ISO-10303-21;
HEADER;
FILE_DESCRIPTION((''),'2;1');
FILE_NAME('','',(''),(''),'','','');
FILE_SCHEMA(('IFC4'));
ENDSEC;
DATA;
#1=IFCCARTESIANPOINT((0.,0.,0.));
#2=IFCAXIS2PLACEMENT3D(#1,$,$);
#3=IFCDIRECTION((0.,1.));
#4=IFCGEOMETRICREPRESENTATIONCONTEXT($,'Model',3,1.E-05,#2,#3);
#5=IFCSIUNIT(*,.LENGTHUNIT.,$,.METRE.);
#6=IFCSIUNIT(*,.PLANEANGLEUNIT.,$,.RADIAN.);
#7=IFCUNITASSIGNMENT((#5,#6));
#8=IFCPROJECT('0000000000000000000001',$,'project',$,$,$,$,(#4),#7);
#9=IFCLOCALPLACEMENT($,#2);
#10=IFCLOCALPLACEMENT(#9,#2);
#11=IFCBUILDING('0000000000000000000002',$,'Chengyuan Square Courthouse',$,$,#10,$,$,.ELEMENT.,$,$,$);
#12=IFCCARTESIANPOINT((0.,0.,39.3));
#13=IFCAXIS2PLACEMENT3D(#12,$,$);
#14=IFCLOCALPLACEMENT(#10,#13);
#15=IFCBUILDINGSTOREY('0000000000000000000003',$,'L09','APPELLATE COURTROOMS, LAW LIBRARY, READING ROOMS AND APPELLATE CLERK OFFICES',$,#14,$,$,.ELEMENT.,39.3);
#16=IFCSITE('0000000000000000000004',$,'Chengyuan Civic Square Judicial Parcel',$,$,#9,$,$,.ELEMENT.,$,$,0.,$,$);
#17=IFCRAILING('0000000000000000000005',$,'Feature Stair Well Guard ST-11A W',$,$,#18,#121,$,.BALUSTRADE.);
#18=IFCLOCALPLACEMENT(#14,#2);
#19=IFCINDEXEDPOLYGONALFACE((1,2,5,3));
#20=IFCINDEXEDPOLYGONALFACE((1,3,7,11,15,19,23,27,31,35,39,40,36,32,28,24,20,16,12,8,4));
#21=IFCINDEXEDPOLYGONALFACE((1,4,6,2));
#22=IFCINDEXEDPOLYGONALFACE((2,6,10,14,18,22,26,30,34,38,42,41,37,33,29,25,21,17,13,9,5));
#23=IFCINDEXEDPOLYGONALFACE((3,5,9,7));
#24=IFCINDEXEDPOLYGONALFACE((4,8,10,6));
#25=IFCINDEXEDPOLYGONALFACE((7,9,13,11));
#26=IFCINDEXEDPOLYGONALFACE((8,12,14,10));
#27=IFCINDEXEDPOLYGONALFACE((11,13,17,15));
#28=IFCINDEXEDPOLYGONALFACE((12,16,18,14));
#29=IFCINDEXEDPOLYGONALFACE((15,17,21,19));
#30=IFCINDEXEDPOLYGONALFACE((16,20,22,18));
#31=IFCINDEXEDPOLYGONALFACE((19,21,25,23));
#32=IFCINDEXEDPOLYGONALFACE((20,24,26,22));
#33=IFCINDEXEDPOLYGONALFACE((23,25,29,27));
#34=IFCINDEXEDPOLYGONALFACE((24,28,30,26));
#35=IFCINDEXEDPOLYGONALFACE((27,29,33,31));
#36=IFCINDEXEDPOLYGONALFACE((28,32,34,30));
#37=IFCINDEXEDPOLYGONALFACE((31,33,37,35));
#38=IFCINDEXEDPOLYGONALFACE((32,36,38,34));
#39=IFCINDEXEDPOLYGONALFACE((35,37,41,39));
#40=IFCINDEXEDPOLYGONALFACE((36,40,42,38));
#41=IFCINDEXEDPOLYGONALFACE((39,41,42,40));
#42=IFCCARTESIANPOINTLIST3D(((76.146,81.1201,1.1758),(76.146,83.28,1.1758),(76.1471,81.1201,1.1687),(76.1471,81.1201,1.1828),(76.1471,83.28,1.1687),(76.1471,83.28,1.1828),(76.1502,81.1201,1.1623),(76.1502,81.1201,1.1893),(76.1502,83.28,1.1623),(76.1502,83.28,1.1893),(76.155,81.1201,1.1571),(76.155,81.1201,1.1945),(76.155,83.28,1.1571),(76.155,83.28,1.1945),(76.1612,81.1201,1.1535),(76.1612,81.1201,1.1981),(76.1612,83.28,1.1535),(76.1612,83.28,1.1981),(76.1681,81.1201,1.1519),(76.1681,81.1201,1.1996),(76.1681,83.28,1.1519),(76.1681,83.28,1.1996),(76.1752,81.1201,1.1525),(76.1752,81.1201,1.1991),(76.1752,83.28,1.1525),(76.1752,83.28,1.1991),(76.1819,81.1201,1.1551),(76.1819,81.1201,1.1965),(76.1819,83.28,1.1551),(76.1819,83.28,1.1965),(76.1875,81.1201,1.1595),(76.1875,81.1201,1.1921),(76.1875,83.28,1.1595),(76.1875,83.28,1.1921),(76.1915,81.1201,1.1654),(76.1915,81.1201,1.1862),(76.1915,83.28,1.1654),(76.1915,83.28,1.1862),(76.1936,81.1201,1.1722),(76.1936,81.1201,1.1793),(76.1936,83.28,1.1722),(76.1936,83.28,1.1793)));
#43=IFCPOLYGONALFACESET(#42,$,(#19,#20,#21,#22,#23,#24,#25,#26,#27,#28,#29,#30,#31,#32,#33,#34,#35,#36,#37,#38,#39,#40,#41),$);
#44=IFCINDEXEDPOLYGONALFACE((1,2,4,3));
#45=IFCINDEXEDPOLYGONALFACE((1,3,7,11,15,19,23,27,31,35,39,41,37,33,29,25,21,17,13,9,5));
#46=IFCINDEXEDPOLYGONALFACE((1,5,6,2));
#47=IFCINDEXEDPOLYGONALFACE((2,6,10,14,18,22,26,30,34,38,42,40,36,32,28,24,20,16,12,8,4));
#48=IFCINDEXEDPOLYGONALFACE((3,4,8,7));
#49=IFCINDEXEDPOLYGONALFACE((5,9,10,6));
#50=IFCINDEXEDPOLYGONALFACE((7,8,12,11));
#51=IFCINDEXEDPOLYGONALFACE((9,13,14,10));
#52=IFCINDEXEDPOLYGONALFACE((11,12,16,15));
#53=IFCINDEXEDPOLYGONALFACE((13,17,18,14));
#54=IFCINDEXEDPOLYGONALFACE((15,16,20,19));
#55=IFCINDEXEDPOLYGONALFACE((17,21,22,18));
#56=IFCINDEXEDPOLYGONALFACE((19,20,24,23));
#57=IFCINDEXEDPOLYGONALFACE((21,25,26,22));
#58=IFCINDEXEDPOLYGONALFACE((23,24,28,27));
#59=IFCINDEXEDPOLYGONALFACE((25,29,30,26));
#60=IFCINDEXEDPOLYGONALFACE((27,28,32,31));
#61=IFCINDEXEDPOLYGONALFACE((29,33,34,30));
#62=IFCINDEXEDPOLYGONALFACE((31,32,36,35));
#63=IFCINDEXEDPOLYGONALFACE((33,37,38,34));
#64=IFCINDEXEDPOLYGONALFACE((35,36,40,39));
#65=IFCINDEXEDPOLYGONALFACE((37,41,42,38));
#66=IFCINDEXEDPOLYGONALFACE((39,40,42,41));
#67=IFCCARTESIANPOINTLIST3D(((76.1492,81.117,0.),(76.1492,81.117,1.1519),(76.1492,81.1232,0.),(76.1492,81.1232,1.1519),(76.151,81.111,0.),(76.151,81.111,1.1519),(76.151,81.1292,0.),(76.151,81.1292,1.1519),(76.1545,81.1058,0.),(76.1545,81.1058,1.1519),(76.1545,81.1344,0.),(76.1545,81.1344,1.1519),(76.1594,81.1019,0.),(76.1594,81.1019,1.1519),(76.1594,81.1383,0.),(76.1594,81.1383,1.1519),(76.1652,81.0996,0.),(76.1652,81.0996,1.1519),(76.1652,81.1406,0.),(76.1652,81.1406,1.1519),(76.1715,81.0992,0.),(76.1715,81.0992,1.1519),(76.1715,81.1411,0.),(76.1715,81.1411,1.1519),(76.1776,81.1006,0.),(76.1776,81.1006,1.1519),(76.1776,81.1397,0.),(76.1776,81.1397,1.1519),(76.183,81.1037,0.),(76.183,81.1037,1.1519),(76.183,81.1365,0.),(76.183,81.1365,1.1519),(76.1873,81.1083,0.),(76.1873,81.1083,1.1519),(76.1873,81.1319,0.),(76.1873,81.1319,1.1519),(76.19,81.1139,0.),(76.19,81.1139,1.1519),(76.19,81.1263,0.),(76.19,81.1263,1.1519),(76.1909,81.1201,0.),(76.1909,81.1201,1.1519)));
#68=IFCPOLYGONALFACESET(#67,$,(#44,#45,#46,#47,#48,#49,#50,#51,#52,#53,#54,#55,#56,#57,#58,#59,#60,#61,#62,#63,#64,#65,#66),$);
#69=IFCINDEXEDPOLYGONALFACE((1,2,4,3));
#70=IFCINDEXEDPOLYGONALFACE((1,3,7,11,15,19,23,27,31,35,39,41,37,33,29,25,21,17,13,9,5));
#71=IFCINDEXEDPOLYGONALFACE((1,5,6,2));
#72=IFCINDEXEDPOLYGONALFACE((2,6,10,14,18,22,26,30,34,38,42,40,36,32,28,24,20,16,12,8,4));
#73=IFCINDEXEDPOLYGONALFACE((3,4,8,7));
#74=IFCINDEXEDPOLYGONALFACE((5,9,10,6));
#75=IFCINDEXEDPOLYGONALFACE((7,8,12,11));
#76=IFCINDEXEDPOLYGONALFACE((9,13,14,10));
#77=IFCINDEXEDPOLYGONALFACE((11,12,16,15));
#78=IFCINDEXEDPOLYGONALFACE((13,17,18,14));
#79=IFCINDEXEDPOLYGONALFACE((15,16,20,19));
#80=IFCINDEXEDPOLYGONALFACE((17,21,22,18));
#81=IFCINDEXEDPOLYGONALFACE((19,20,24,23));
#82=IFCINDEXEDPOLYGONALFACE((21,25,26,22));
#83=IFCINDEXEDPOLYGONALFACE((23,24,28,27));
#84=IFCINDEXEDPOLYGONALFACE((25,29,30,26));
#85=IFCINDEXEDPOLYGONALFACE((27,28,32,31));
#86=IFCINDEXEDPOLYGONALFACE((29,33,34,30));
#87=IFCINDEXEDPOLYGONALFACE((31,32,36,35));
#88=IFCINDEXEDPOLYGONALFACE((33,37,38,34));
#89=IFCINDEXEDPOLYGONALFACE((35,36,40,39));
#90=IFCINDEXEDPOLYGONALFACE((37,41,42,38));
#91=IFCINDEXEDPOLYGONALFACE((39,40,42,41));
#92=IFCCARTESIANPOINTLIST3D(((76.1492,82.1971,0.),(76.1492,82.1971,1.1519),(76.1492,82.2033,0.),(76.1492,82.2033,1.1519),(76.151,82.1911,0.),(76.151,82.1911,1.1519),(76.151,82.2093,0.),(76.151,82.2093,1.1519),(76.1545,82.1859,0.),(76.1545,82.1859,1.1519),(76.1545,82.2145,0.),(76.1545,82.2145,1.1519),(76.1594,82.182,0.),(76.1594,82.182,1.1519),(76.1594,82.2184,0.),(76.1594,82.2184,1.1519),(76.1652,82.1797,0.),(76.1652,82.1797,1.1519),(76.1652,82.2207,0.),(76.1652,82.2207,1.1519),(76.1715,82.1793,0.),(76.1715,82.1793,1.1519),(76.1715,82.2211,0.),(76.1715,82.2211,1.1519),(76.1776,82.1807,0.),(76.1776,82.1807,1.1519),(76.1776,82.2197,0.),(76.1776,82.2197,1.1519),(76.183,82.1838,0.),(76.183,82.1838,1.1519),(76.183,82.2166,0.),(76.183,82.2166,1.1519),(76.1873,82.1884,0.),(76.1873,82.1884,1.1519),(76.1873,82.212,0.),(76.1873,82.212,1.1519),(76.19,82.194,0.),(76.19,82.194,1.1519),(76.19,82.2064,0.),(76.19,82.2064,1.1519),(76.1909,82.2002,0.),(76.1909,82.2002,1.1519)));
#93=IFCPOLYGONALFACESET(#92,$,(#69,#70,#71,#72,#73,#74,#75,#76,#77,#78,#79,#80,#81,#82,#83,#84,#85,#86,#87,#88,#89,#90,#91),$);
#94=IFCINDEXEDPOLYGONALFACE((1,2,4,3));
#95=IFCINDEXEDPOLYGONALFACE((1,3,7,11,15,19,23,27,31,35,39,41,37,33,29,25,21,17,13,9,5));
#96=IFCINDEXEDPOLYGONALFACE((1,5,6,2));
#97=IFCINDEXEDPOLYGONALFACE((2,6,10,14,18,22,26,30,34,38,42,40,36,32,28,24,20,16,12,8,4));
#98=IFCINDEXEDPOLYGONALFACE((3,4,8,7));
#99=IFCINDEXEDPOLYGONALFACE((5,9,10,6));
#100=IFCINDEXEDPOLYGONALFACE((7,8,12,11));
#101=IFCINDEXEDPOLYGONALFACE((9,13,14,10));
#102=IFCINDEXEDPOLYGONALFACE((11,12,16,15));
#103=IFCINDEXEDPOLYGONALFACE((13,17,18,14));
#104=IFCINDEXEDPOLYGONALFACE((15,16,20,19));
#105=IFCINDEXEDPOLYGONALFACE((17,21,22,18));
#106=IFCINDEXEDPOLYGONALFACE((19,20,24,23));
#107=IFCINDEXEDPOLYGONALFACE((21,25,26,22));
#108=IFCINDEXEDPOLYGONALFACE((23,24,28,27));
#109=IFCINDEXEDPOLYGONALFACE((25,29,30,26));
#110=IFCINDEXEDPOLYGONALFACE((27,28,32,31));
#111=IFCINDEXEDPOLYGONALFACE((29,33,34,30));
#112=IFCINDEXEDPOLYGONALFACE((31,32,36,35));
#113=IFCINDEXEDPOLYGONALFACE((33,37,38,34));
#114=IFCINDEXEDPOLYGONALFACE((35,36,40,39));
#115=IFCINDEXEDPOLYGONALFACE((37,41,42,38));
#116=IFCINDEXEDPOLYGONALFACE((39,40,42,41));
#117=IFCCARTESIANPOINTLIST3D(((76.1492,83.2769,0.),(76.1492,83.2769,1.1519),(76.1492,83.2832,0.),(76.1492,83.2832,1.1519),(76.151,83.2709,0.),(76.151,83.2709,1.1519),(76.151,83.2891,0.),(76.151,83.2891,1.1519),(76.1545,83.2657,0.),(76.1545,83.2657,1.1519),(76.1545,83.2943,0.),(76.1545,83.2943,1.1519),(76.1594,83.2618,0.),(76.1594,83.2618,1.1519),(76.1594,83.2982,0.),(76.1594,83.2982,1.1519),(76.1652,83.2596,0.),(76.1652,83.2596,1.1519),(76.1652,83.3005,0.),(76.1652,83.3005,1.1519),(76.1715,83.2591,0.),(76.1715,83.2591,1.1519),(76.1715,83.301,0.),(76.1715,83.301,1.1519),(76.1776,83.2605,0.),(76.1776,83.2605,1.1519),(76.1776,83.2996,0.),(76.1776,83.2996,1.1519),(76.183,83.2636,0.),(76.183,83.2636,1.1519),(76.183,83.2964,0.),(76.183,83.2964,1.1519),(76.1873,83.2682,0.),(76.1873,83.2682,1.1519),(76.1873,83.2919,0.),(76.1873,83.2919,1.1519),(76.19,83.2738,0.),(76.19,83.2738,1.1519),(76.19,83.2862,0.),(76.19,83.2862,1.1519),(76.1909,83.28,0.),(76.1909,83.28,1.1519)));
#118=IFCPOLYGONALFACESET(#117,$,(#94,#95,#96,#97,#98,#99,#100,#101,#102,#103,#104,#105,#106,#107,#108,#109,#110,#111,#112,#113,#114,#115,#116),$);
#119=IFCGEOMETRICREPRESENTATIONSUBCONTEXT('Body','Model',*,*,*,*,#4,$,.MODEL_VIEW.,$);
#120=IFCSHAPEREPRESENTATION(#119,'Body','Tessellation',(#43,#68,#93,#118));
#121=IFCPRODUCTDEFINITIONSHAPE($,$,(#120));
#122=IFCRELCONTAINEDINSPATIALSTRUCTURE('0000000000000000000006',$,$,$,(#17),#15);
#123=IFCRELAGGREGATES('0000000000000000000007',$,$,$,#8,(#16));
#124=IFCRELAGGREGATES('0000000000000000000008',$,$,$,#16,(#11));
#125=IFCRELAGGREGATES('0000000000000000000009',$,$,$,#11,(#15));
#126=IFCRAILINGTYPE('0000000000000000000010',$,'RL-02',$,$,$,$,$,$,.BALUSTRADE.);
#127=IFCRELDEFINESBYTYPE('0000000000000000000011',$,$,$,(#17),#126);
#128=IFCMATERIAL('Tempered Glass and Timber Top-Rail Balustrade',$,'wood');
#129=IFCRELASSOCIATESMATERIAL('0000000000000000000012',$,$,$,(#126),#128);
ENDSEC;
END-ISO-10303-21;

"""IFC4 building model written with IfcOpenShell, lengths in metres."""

from ifc_helpers import new_model, si_unit, direction, frame, origin, origin_2d, place, context, subcontext, project, spatial, circle, extrude, material, type_object, element, save


model = new_model("IFC4")

# Units and contexts
model_context = context("Model", 3, precision=1e-05, world=origin(), true_north=direction((0.0, 1.0)))
body_context = subcontext(model_context, "Body", "Model", "MODEL_VIEW")
ifc_project = project(units=[si_unit("LENGTHUNIT", "METRE"), si_unit("PLANEANGLEUNIT", "RADIAN")], contexts=[model_context])

# Site, building, storey
site_placement = place(None, origin())
site = spatial("IfcSite", under=ifc_project, at=site_placement, Name="Chengyuan Civic Square Judicial Parcel", CompositionType="ELEMENT", RefElevation=0.0)
building_placement = place(site_placement, origin())
building = spatial("IfcBuilding", under=site, at=building_placement, Name="Chengyuan Square Courthouse", CompositionType="ELEMENT")
storey_placement = place(building_placement, frame((0.0, 0.0, 39.3)))
storey = spatial("IfcBuildingStorey", under=building, at=storey_placement, Name="L09", Description="APPELLATE COURTROOMS, LAW LIBRARY, READING ROOMS AND APPELLATE CLERK OFFICES", CompositionType="ELEMENT", Elevation=39.3)

# Railing
ifc_material_1 = material(Name="Tempered Glass and Timber Top-Rail Balustrade", Category="wood")
railing_type = type_object("IfcRailingType", Name="RL-02", PredefinedType="BALUSTRADE", material=ifc_material_1)
railing_1_placement = place(storey_placement, frame((76.1699, 81.1201, 0.0)))
element("IfcRailing", 1, at=railing_1_placement, inside=storey, type_object=railing_type, Name="Feature Stair Well Guard ST-11A W", PredefinedType="BALUSTRADE", context=body_context, shape_type="SweptSolid", body=[
    extrude(circle(Radius=0.0239, at=origin_2d()), frame((0.0, 0.0, 1.1758), z_axis=(0.0, 1.0, 0.0), x_axis=(-1.0, 0.0, 0.0)), (0.0, 0.0, 1.0), 2.1599),
    extrude(circle(Radius=0.021, at=origin_2d()), origin(), (0.0, 0.0, 1.0), 1.1519),
    extrude(circle(Radius=0.021, at=origin_2d()), frame((0.0, 1.0801, 0.0)), (0.0, 0.0, 1.0), 1.1519),
    extrude(circle(Radius=0.021, at=origin_2d()), frame((0.0, 2.1599, 0.0)), (0.0, 0.0, 1.0), 1.1519),
])

save(model, "model.ifc")
